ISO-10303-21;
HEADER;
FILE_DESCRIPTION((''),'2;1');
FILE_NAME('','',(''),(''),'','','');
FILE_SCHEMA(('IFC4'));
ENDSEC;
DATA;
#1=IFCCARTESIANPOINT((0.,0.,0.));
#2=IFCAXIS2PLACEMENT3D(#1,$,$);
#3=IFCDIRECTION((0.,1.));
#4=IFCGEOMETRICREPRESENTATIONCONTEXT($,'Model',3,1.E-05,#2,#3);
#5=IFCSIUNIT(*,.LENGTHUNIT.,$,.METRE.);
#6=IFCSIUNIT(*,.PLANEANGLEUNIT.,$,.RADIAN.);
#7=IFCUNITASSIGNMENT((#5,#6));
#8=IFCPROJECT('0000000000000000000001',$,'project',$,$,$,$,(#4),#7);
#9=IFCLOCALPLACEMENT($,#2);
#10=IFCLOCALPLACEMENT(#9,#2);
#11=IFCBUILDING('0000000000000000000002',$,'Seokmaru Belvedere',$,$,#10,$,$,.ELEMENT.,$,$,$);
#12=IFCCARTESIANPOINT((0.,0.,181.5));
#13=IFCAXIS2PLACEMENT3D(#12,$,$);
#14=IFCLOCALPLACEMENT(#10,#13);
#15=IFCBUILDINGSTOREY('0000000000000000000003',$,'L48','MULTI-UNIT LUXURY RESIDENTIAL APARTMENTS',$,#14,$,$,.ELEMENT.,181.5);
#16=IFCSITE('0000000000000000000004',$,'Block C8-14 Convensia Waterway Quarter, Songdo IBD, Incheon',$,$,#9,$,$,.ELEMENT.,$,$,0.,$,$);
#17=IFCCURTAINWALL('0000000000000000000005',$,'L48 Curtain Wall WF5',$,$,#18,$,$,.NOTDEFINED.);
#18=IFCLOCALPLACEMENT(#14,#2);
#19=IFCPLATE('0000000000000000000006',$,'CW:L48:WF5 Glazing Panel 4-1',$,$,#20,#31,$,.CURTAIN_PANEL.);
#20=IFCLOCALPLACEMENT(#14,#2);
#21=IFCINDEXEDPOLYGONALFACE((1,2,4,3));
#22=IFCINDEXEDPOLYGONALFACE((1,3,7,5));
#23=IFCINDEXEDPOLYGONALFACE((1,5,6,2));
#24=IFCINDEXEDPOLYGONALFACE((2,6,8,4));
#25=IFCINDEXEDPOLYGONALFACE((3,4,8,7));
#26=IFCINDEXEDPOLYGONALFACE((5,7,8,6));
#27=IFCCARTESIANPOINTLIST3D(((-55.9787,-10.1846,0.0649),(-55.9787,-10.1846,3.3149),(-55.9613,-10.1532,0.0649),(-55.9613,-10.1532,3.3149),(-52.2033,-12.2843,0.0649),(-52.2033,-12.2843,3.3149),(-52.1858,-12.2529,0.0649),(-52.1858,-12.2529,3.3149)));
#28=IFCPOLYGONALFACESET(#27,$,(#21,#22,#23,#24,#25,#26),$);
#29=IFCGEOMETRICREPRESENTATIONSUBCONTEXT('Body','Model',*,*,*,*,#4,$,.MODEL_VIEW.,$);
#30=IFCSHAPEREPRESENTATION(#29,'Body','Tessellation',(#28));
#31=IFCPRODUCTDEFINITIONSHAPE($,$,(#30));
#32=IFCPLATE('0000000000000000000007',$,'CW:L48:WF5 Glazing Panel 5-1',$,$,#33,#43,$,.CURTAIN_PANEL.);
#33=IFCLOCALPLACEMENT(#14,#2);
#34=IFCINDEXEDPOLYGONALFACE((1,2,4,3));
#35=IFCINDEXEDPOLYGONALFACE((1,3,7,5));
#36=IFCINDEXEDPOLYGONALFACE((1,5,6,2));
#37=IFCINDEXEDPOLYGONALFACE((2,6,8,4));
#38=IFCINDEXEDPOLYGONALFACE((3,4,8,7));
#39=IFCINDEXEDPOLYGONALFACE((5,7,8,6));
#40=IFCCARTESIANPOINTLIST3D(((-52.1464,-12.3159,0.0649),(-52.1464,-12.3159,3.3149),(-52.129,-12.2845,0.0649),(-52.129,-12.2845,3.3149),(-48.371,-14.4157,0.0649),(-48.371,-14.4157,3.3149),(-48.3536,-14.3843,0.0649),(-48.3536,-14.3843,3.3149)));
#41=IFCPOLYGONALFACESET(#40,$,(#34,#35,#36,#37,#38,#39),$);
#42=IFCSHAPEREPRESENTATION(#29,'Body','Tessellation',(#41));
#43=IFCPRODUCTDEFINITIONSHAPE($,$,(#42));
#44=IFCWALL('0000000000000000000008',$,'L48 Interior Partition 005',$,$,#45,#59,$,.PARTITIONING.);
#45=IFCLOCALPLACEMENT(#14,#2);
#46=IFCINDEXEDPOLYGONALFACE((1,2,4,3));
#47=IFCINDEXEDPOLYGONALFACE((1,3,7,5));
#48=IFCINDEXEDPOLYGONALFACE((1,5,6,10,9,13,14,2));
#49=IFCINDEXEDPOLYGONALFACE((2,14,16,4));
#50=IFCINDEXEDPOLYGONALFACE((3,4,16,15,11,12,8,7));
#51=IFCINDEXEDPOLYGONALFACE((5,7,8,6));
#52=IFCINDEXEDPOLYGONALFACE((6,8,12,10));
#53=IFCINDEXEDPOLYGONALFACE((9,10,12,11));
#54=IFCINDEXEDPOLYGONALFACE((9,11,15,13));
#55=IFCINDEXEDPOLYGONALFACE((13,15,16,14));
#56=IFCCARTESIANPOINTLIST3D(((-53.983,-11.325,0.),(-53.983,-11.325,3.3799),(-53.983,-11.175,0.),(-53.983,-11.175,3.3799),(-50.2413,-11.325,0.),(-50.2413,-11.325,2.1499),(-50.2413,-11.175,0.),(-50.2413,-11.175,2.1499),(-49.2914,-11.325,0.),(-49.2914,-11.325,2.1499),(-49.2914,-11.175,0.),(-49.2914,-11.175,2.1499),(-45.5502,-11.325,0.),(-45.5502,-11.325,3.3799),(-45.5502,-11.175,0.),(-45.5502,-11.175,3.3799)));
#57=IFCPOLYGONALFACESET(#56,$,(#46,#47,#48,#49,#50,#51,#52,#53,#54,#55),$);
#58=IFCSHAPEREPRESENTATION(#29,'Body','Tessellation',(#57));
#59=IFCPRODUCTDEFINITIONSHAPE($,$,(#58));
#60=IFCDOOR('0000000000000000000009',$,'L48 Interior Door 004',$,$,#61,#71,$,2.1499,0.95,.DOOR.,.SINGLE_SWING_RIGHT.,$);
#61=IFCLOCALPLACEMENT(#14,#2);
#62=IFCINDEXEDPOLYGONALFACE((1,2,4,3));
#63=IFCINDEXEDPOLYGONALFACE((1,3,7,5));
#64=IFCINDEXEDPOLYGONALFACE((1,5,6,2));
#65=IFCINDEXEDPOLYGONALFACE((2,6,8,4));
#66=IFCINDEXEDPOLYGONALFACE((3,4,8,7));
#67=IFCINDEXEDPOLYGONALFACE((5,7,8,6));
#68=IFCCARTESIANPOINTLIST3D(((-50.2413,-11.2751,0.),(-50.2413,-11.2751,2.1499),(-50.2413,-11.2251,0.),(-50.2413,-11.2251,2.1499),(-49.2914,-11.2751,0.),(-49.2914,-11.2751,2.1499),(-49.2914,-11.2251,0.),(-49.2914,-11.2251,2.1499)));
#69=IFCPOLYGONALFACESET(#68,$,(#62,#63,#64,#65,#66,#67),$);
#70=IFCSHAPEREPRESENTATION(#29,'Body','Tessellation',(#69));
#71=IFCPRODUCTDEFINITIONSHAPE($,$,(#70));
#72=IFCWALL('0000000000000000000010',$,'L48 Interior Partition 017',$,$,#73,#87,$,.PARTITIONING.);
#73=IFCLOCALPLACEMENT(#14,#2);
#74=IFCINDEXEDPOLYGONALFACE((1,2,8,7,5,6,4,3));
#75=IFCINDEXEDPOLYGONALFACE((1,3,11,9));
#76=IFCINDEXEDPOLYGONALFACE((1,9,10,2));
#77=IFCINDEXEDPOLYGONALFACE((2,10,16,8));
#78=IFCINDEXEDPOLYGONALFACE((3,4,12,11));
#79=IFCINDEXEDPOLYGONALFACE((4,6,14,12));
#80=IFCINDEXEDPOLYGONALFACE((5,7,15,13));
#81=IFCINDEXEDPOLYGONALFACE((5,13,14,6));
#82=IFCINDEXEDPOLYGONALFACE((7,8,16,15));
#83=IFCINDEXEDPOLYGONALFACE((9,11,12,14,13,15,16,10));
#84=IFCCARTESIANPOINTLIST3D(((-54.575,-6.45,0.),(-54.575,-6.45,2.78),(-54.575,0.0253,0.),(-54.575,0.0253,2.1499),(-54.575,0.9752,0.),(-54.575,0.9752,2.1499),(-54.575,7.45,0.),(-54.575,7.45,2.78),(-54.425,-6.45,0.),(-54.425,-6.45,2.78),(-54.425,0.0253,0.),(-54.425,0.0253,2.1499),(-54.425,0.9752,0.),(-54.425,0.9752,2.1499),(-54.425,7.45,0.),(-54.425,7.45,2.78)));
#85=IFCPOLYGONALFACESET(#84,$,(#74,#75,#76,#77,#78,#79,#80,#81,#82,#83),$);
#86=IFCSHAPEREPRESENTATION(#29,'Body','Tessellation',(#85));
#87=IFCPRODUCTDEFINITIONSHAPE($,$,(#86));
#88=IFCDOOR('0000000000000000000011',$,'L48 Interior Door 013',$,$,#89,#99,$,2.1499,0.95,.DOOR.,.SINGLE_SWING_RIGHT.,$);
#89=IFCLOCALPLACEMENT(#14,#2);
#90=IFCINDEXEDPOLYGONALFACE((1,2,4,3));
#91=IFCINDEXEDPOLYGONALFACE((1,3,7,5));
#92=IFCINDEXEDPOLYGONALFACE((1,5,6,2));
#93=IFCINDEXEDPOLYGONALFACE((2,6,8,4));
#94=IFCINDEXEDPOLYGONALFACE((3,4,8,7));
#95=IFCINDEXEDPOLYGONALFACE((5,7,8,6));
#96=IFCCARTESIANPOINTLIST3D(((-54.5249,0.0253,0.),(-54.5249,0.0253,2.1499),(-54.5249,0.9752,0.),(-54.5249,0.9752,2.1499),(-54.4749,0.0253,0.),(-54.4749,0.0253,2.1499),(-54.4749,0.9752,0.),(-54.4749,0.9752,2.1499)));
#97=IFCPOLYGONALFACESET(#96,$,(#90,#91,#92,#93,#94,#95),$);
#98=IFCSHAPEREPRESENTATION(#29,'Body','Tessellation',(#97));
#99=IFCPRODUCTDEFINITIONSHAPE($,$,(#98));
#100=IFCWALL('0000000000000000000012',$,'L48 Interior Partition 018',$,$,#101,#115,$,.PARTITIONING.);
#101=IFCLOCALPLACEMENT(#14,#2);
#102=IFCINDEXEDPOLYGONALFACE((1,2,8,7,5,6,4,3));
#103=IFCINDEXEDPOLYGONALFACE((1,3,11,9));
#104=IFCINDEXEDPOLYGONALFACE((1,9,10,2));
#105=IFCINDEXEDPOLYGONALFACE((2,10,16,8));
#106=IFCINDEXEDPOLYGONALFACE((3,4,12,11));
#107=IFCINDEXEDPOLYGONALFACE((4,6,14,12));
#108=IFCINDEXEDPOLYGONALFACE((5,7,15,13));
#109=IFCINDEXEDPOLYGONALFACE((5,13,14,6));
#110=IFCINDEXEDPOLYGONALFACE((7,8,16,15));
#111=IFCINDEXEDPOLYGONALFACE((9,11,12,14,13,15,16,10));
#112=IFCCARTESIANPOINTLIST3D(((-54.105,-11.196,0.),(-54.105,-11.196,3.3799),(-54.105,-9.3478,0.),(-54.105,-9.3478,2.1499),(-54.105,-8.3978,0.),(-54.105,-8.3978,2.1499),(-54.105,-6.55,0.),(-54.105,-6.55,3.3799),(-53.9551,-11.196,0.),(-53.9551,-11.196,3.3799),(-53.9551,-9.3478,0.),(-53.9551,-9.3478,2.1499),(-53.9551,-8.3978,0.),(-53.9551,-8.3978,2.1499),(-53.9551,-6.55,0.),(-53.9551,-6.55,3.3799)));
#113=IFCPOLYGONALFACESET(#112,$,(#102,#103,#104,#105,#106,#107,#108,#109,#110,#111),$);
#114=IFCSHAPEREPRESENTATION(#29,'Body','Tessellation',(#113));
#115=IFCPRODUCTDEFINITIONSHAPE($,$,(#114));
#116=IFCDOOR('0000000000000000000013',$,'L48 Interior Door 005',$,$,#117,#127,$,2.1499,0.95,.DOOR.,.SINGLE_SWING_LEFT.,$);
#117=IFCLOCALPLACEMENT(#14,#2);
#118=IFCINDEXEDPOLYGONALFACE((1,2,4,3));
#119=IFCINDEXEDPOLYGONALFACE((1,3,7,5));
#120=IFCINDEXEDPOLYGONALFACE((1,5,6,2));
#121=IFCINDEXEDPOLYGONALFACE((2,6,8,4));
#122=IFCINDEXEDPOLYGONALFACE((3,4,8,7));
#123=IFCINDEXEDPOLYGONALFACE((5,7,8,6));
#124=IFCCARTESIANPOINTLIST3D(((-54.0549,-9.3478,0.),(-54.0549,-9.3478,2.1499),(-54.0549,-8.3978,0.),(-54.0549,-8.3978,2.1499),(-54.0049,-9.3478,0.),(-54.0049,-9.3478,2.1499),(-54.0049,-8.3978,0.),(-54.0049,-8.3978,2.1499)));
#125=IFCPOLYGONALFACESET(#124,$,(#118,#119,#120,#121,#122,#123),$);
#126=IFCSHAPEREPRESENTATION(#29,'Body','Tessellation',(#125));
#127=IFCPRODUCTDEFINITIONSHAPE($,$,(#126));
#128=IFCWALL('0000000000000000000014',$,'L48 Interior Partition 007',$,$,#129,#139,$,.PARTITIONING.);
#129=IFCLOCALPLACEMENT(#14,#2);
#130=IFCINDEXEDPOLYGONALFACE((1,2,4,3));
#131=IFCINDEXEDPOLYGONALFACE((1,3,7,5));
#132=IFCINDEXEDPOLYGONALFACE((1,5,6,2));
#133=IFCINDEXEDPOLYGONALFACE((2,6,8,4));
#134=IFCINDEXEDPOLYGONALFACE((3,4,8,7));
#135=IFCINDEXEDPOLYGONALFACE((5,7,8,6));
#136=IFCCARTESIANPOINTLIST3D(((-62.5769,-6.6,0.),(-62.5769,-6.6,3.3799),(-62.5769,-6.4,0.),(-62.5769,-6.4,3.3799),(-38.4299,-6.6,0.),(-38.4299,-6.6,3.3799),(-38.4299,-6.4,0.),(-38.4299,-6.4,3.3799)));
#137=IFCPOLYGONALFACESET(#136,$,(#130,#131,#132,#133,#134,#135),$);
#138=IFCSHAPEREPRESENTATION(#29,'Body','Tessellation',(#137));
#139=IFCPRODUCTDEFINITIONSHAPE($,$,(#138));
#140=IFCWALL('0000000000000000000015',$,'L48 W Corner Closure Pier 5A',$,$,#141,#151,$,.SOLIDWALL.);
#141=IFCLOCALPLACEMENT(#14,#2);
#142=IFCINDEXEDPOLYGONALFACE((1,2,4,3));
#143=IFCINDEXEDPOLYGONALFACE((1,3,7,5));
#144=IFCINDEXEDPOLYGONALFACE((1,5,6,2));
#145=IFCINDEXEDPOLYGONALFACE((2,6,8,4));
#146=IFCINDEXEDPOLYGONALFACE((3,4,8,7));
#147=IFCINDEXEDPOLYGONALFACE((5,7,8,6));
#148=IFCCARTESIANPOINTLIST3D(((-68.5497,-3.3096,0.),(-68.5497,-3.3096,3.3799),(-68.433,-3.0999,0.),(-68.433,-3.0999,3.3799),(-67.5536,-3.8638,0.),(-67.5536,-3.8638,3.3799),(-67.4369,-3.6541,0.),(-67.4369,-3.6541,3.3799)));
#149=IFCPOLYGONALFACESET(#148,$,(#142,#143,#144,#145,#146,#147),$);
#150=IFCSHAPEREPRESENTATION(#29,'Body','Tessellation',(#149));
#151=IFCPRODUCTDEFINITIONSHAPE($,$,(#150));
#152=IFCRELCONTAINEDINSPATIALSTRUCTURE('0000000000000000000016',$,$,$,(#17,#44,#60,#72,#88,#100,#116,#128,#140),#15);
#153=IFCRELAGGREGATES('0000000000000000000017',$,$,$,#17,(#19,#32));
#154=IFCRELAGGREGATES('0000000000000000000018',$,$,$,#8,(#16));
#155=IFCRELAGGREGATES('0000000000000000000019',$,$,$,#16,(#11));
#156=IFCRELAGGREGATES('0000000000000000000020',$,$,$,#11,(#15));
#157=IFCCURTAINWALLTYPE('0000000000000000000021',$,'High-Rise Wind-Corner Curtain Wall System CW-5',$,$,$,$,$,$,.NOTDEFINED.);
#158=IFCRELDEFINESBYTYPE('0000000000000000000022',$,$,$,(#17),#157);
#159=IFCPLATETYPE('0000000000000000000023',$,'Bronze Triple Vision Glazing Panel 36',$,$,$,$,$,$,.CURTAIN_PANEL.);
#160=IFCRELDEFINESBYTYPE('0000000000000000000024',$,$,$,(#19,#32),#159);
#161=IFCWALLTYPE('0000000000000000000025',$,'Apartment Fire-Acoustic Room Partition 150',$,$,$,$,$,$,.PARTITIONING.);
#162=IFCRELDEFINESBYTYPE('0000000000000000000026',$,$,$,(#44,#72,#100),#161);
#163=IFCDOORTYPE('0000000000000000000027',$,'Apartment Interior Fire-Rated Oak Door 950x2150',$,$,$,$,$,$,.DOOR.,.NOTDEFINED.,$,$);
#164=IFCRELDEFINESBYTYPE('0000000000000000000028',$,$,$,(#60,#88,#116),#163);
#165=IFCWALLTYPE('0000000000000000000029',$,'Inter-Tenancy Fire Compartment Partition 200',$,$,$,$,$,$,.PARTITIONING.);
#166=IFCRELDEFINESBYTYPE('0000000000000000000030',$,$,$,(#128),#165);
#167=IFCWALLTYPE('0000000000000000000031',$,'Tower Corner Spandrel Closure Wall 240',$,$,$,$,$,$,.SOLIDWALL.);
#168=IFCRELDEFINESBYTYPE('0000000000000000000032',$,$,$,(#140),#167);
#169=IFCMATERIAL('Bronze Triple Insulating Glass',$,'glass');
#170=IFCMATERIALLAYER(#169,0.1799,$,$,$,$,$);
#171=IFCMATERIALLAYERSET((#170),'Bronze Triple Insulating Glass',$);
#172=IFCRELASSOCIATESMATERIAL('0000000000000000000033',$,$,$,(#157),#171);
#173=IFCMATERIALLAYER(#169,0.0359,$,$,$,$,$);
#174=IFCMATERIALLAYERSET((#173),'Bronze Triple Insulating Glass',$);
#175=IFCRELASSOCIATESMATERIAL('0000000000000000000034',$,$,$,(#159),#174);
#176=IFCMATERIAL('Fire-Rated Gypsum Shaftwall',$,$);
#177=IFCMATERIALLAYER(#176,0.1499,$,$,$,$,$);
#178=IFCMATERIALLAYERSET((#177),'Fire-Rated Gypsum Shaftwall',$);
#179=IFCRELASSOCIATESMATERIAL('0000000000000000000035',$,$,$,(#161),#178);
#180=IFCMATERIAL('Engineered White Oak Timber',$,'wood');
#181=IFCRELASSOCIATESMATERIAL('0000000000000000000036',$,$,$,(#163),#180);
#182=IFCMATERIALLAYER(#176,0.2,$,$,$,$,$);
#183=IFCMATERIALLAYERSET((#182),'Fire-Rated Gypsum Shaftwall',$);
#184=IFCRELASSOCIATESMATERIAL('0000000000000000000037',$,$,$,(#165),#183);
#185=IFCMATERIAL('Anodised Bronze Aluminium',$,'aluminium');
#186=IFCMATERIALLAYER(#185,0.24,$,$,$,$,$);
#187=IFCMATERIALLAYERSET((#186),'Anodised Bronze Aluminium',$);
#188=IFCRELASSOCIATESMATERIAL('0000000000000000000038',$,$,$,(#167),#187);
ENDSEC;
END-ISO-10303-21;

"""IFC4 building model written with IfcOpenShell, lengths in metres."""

from ifc_helpers import new_model, si_unit, direction, frame, frame_2d, origin, origin_2d, place, context, subcontext, project, spatial, rectangle, extrude, source, transform, mapped, material, layer, layer_set, type_object, type_shapes, element, fill, aggregate, save


model = new_model("IFC4")

# Units and contexts
model_context = context("Model", 3, precision=1e-05, world=origin(), true_north=direction((0.0, 1.0)))
body_context = subcontext(model_context, "Body", "Model", "MODEL_VIEW")
ifc_project = project(units=[si_unit("LENGTHUNIT", "METRE"), si_unit("PLANEANGLEUNIT", "RADIAN")], contexts=[model_context])

# Site, building, storey
site_placement = place(None, origin())
site = spatial("IfcSite", under=ifc_project, at=site_placement, Name="Block C8-14 Convensia Waterway Quarter, Songdo IBD, Incheon", CompositionType="ELEMENT", RefElevation=0.0)
building_placement = place(site_placement, origin())
building = spatial("IfcBuilding", under=site, at=building_placement, Name="Seokmaru Belvedere", CompositionType="ELEMENT")
storey_placement = place(building_placement, frame((0.0, 0.0, 181.5)))
storey = spatial("IfcBuildingStorey", under=building, at=storey_placement, Name="L48", Description="MULTI-UNIT LUXURY RESIDENTIAL APARTMENTS", CompositionType="ELEMENT", Elevation=181.5)

# Curtain wall, plates
ifc_material_1 = material(Name="Bronze Triple Insulating Glass", Category="glass")
ifc_layer_1 = layer(ifc_material_1, 0.1799)
ifc_layer_set_1 = layer_set([ifc_layer_1], Name="Bronze Triple Insulating Glass")
curtain_wall_type = type_object("IfcCurtainWallType", Name="High-Rise Wind-Corner Curtain Wall System CW-5", PredefinedType="NOTDEFINED", material=ifc_layer_set_1)
curtain_wall_placement = place(storey_placement, origin())
curtain_wall = element("IfcCurtainWall", 1, at=curtain_wall_placement, inside=storey, type_object=curtain_wall_type, Name="L48 Curtain Wall WF5", PredefinedType="NOTDEFINED")
ifc_material_2 = material(Name="Anodised Bronze Aluminium", Category="aluminium")
ifc_layer_2 = layer(ifc_material_1, 0.0359)
ifc_layer_set_2 = layer_set([ifc_layer_2], Name="Bronze Triple Insulating Glass")
plate_type = type_object("IfcPlateType", Name="Bronze Triple Vision Glazing Panel 36", PredefinedType="CURTAIN_PANEL", material=ifc_layer_set_2)
shared_shape_1 = source(origin(), body_context, "Body", "SweptSolid", [
    extrude(rectangle(XDim=4.3201, YDim=0.0359, at=origin_2d()), origin(), (0.0, 0.0, 1.0), 3.25),
])
plate_1_placement = place(storey_placement, frame((-54.0823, -11.2188, 0.0649), z_axis=(0.0, 0.0, 1.0), x_axis=(0.873933, -0.486047, 0.0)))
plate_1 = element("IfcPlate", 2, at=plate_1_placement, type_object=plate_type, Name="CW:L48:WF5 Glazing Panel 4-1", PredefinedType="CURTAIN_PANEL", context=body_context, shape_type="MappedRepresentation", body=[
    mapped(shared_shape_1, transform((0.0, 0.0, 0.0), scale=1.0)),
])
plate_2_placement = place(storey_placement, frame((-50.25, -13.3501, 0.0649), z_axis=(0.0, 0.0, 1.0), x_axis=(0.873933, -0.486047, 0.0)))
plate_2 = element("IfcPlate", 3, at=plate_2_placement, type_object=plate_type, Name="CW:L48:WF5 Glazing Panel 5-1", PredefinedType="CURTAIN_PANEL", context=body_context, shape_type="MappedRepresentation", body=[
    mapped(shared_shape_1, transform((0.0, 0.0, 0.0), scale=1.0)),
])
aggregate(curtain_wall, [plate_1, plate_2])

# Walls, openings, doors
ifc_material_3 = material(Name="Fire-Rated Gypsum Shaftwall")
ifc_layer_3 = layer(ifc_material_3, 0.1499)
ifc_layer_set_3 = layer_set([ifc_layer_3], Name="Fire-Rated Gypsum Shaftwall")
wall_type_1 = type_object("IfcWallType", Name="Apartment Fire-Acoustic Room Partition 150", PredefinedType="PARTITIONING", material=ifc_layer_set_3)
wall_1_placement = place(storey_placement, frame((-53.9829, -11.25, 0.0), z_axis=(0.0, 0.0, 1.0), x_axis=(1.0, 0.0, 0.0)))
wall_1 = element("IfcWall", 4, at=wall_1_placement, inside=storey, type_object=wall_type_1, Name="L48 Interior Partition 005", PredefinedType="PARTITIONING", context=body_context, shape_type="SweptSolid", body=[
    extrude(rectangle(XDim=8.4329, YDim=0.1499, at=frame_2d((4.2163, 0.0))), origin(), (0.0, 0.0, 1.0), 3.3799),
])
opening_1_placement = place(wall_1_placement, frame((3.7415, 0.0, 0.0)))
opening_1 = element("IfcOpeningElement", 5, at=opening_1_placement, cuts=wall_1, PredefinedType="OPENING", context=body_context, shape_type="SweptSolid", body=[
    extrude(rectangle(XDim=0.95, YDim=2.1499, at=frame_2d((0.4751, 1.075))), frame((0.0, 0.085, 0.0), z_axis=(0.0, -1.0, 0.0), x_axis=(1.0, 0.0, 0.0)), (0.0, 0.0, 1.0), 0.1699),
])
ifc_material_4 = material(Name="Engineered White Oak Timber", Category="wood")
door_type = type_object("IfcDoorType", Name="Apartment Interior Fire-Rated Oak Door 950x2150", OperationType="NOTDEFINED", PredefinedType="DOOR", material=ifc_material_4)
shared_shape_2 = source(origin(), body_context, "Body", "SweptSolid", [
    extrude(rectangle(XDim=0.95, YDim=2.1499, at=frame_2d((0.4751, 1.075))), frame((0.0, 0.0249, 0.0), z_axis=(0.0, -1.0, 0.0), x_axis=(1.0, 0.0, 0.0)), (0.0, 0.0, 1.0), 0.05),
])
type_shapes(door_type, [shared_shape_2])
door_1_placement = place(opening_1_placement, origin())
door_1 = element("IfcDoor", 6, at=door_1_placement, inside=storey, type_object=door_type, Name="L48 Interior Door 004", OperationType="SINGLE_SWING_RIGHT", OverallHeight=2.1499, OverallWidth=0.95, PredefinedType="DOOR", context=body_context, shape_type="MappedRepresentation", body=[
    mapped(shared_shape_2, transform((0.0, 0.0, 0.0), scale=1.0)),
])
fill(opening_1, door_1)
wall_2_placement = place(storey_placement, frame((-54.5, -6.45, 0.0), z_axis=(0.0, 0.0, 1.0), x_axis=(0.0, 1.0, 0.0)))
wall_2 = element("IfcWall", 7, at=wall_2_placement, inside=storey, type_object=wall_type_1, Name="L48 Interior Partition 017", PredefinedType="PARTITIONING", context=body_context, shape_type="SweptSolid", body=[
    extrude(rectangle(XDim=13.8999, YDim=0.1499, at=frame_2d((6.95, 0.0))), origin(), (0.0, 0.0, 1.0), 2.78),
])
opening_2_placement = place(wall_2_placement, frame((6.4751, 0.0, 0.0)))
opening_2 = element("IfcOpeningElement", 8, at=opening_2_placement, cuts=wall_2, PredefinedType="OPENING", context=body_context, shape_type="SweptSolid", body=[
    extrude(rectangle(XDim=0.95, YDim=2.1499, at=frame_2d((0.4751, 1.075))), frame((0.0, 0.085, 0.0), z_axis=(0.0, -1.0, 0.0), x_axis=(1.0, 0.0, 0.0)), (0.0, 0.0, 1.0), 0.1699),
])
door_2_placement = place(opening_2_placement, origin())
door_2 = element("IfcDoor", 9, at=door_2_placement, inside=storey, type_object=door_type, Name="L48 Interior Door 013", OperationType="SINGLE_SWING_RIGHT", OverallHeight=2.1499, OverallWidth=0.95, PredefinedType="DOOR", context=body_context, shape_type="MappedRepresentation", body=[
    mapped(shared_shape_2, transform((0.0, 0.0, 0.0), scale=1.0)),
])
fill(opening_2, door_2)
wall_3_placement = place(storey_placement, frame((-54.03, -11.196, 0.0), z_axis=(0.0, 0.0, 1.0), x_axis=(0.0, 1.0, 0.0)))
wall_3 = element("IfcWall", 10, at=wall_3_placement, inside=storey, type_object=wall_type_1, Name="L48 Interior Partition 018", PredefinedType="PARTITIONING", context=body_context, shape_type="SweptSolid", body=[
    extrude(rectangle(XDim=4.646, YDim=0.1499, at=frame_2d((2.323, 0.0))), origin(), (0.0, 0.0, 1.0), 3.3799),
])
opening_3_placement = place(wall_3_placement, frame((1.8481, 0.0, 0.0)))
opening_3 = element("IfcOpeningElement", 11, at=opening_3_placement, cuts=wall_3, PredefinedType="OPENING", context=body_context, shape_type="SweptSolid", body=[
    extrude(rectangle(XDim=0.95, YDim=2.1499, at=frame_2d((0.4751, 1.075))), frame((0.0, 0.085, 0.0), z_axis=(0.0, -1.0, 0.0), x_axis=(1.0, 0.0, 0.0)), (0.0, 0.0, 1.0), 0.1699),
])
door_3_placement = place(opening_3_placement, origin())
door_3 = element("IfcDoor", 12, at=door_3_placement, inside=storey, type_object=door_type, Name="L48 Interior Door 005", OperationType="SINGLE_SWING_LEFT", OverallHeight=2.1499, OverallWidth=0.95, PredefinedType="DOOR", context=body_context, shape_type="MappedRepresentation", body=[
    mapped(shared_shape_2, transform((0.0, 0.0, 0.0), scale=1.0)),
])
fill(opening_3, door_3)

# Walls
ifc_layer_4 = layer(ifc_material_3, 0.2)
ifc_layer_set_4 = layer_set([ifc_layer_4], Name="Fire-Rated Gypsum Shaftwall")
wall_type_2 = type_object("IfcWallType", Name="Inter-Tenancy Fire Compartment Partition 200", PredefinedType="PARTITIONING", material=ifc_layer_set_4)
wall_4_placement = place(storey_placement, frame((-62.5769, -6.5, 0.0), z_axis=(0.0, 0.0, 1.0), x_axis=(1.0, 0.0, 0.0)))
element("IfcWall", 13, at=wall_4_placement, inside=storey, type_object=wall_type_2, Name="L48 Interior Partition 007", PredefinedType="PARTITIONING", context=body_context, shape_type="SweptSolid", body=[
    extrude(rectangle(XDim=24.147, YDim=0.2, at=frame_2d((12.0735, 0.0))), origin(), (0.0, 0.0, 1.0), 3.3799),
])
ifc_layer_5 = layer(ifc_material_2, 0.24)
ifc_layer_set_5 = layer_set([ifc_layer_5], Name="Anodised Bronze Aluminium")
wall_type_3 = type_object("IfcWallType", Name="Tower Corner Spandrel Closure Wall 240", PredefinedType="SOLIDWALL", material=ifc_layer_set_5)
wall_5_placement = place(storey_placement, frame((-68.4912, -3.2048, 0.0), z_axis=(0.0, 0.0, 1.0), x_axis=(0.873854, -0.486188, 0.0)))
element("IfcWall", 14, at=wall_5_placement, inside=storey, type_object=wall_type_3, Name="L48 W Corner Closure Pier 5A", PredefinedType="SOLIDWALL", context=body_context, shape_type="SweptSolid", body=[
    extrude(rectangle(XDim=1.1399, YDim=0.24, at=frame_2d((0.5698, 0.0))), origin(), (0.0, 0.0, 1.0), 3.3799),
])

save(model, "model.ifc")
